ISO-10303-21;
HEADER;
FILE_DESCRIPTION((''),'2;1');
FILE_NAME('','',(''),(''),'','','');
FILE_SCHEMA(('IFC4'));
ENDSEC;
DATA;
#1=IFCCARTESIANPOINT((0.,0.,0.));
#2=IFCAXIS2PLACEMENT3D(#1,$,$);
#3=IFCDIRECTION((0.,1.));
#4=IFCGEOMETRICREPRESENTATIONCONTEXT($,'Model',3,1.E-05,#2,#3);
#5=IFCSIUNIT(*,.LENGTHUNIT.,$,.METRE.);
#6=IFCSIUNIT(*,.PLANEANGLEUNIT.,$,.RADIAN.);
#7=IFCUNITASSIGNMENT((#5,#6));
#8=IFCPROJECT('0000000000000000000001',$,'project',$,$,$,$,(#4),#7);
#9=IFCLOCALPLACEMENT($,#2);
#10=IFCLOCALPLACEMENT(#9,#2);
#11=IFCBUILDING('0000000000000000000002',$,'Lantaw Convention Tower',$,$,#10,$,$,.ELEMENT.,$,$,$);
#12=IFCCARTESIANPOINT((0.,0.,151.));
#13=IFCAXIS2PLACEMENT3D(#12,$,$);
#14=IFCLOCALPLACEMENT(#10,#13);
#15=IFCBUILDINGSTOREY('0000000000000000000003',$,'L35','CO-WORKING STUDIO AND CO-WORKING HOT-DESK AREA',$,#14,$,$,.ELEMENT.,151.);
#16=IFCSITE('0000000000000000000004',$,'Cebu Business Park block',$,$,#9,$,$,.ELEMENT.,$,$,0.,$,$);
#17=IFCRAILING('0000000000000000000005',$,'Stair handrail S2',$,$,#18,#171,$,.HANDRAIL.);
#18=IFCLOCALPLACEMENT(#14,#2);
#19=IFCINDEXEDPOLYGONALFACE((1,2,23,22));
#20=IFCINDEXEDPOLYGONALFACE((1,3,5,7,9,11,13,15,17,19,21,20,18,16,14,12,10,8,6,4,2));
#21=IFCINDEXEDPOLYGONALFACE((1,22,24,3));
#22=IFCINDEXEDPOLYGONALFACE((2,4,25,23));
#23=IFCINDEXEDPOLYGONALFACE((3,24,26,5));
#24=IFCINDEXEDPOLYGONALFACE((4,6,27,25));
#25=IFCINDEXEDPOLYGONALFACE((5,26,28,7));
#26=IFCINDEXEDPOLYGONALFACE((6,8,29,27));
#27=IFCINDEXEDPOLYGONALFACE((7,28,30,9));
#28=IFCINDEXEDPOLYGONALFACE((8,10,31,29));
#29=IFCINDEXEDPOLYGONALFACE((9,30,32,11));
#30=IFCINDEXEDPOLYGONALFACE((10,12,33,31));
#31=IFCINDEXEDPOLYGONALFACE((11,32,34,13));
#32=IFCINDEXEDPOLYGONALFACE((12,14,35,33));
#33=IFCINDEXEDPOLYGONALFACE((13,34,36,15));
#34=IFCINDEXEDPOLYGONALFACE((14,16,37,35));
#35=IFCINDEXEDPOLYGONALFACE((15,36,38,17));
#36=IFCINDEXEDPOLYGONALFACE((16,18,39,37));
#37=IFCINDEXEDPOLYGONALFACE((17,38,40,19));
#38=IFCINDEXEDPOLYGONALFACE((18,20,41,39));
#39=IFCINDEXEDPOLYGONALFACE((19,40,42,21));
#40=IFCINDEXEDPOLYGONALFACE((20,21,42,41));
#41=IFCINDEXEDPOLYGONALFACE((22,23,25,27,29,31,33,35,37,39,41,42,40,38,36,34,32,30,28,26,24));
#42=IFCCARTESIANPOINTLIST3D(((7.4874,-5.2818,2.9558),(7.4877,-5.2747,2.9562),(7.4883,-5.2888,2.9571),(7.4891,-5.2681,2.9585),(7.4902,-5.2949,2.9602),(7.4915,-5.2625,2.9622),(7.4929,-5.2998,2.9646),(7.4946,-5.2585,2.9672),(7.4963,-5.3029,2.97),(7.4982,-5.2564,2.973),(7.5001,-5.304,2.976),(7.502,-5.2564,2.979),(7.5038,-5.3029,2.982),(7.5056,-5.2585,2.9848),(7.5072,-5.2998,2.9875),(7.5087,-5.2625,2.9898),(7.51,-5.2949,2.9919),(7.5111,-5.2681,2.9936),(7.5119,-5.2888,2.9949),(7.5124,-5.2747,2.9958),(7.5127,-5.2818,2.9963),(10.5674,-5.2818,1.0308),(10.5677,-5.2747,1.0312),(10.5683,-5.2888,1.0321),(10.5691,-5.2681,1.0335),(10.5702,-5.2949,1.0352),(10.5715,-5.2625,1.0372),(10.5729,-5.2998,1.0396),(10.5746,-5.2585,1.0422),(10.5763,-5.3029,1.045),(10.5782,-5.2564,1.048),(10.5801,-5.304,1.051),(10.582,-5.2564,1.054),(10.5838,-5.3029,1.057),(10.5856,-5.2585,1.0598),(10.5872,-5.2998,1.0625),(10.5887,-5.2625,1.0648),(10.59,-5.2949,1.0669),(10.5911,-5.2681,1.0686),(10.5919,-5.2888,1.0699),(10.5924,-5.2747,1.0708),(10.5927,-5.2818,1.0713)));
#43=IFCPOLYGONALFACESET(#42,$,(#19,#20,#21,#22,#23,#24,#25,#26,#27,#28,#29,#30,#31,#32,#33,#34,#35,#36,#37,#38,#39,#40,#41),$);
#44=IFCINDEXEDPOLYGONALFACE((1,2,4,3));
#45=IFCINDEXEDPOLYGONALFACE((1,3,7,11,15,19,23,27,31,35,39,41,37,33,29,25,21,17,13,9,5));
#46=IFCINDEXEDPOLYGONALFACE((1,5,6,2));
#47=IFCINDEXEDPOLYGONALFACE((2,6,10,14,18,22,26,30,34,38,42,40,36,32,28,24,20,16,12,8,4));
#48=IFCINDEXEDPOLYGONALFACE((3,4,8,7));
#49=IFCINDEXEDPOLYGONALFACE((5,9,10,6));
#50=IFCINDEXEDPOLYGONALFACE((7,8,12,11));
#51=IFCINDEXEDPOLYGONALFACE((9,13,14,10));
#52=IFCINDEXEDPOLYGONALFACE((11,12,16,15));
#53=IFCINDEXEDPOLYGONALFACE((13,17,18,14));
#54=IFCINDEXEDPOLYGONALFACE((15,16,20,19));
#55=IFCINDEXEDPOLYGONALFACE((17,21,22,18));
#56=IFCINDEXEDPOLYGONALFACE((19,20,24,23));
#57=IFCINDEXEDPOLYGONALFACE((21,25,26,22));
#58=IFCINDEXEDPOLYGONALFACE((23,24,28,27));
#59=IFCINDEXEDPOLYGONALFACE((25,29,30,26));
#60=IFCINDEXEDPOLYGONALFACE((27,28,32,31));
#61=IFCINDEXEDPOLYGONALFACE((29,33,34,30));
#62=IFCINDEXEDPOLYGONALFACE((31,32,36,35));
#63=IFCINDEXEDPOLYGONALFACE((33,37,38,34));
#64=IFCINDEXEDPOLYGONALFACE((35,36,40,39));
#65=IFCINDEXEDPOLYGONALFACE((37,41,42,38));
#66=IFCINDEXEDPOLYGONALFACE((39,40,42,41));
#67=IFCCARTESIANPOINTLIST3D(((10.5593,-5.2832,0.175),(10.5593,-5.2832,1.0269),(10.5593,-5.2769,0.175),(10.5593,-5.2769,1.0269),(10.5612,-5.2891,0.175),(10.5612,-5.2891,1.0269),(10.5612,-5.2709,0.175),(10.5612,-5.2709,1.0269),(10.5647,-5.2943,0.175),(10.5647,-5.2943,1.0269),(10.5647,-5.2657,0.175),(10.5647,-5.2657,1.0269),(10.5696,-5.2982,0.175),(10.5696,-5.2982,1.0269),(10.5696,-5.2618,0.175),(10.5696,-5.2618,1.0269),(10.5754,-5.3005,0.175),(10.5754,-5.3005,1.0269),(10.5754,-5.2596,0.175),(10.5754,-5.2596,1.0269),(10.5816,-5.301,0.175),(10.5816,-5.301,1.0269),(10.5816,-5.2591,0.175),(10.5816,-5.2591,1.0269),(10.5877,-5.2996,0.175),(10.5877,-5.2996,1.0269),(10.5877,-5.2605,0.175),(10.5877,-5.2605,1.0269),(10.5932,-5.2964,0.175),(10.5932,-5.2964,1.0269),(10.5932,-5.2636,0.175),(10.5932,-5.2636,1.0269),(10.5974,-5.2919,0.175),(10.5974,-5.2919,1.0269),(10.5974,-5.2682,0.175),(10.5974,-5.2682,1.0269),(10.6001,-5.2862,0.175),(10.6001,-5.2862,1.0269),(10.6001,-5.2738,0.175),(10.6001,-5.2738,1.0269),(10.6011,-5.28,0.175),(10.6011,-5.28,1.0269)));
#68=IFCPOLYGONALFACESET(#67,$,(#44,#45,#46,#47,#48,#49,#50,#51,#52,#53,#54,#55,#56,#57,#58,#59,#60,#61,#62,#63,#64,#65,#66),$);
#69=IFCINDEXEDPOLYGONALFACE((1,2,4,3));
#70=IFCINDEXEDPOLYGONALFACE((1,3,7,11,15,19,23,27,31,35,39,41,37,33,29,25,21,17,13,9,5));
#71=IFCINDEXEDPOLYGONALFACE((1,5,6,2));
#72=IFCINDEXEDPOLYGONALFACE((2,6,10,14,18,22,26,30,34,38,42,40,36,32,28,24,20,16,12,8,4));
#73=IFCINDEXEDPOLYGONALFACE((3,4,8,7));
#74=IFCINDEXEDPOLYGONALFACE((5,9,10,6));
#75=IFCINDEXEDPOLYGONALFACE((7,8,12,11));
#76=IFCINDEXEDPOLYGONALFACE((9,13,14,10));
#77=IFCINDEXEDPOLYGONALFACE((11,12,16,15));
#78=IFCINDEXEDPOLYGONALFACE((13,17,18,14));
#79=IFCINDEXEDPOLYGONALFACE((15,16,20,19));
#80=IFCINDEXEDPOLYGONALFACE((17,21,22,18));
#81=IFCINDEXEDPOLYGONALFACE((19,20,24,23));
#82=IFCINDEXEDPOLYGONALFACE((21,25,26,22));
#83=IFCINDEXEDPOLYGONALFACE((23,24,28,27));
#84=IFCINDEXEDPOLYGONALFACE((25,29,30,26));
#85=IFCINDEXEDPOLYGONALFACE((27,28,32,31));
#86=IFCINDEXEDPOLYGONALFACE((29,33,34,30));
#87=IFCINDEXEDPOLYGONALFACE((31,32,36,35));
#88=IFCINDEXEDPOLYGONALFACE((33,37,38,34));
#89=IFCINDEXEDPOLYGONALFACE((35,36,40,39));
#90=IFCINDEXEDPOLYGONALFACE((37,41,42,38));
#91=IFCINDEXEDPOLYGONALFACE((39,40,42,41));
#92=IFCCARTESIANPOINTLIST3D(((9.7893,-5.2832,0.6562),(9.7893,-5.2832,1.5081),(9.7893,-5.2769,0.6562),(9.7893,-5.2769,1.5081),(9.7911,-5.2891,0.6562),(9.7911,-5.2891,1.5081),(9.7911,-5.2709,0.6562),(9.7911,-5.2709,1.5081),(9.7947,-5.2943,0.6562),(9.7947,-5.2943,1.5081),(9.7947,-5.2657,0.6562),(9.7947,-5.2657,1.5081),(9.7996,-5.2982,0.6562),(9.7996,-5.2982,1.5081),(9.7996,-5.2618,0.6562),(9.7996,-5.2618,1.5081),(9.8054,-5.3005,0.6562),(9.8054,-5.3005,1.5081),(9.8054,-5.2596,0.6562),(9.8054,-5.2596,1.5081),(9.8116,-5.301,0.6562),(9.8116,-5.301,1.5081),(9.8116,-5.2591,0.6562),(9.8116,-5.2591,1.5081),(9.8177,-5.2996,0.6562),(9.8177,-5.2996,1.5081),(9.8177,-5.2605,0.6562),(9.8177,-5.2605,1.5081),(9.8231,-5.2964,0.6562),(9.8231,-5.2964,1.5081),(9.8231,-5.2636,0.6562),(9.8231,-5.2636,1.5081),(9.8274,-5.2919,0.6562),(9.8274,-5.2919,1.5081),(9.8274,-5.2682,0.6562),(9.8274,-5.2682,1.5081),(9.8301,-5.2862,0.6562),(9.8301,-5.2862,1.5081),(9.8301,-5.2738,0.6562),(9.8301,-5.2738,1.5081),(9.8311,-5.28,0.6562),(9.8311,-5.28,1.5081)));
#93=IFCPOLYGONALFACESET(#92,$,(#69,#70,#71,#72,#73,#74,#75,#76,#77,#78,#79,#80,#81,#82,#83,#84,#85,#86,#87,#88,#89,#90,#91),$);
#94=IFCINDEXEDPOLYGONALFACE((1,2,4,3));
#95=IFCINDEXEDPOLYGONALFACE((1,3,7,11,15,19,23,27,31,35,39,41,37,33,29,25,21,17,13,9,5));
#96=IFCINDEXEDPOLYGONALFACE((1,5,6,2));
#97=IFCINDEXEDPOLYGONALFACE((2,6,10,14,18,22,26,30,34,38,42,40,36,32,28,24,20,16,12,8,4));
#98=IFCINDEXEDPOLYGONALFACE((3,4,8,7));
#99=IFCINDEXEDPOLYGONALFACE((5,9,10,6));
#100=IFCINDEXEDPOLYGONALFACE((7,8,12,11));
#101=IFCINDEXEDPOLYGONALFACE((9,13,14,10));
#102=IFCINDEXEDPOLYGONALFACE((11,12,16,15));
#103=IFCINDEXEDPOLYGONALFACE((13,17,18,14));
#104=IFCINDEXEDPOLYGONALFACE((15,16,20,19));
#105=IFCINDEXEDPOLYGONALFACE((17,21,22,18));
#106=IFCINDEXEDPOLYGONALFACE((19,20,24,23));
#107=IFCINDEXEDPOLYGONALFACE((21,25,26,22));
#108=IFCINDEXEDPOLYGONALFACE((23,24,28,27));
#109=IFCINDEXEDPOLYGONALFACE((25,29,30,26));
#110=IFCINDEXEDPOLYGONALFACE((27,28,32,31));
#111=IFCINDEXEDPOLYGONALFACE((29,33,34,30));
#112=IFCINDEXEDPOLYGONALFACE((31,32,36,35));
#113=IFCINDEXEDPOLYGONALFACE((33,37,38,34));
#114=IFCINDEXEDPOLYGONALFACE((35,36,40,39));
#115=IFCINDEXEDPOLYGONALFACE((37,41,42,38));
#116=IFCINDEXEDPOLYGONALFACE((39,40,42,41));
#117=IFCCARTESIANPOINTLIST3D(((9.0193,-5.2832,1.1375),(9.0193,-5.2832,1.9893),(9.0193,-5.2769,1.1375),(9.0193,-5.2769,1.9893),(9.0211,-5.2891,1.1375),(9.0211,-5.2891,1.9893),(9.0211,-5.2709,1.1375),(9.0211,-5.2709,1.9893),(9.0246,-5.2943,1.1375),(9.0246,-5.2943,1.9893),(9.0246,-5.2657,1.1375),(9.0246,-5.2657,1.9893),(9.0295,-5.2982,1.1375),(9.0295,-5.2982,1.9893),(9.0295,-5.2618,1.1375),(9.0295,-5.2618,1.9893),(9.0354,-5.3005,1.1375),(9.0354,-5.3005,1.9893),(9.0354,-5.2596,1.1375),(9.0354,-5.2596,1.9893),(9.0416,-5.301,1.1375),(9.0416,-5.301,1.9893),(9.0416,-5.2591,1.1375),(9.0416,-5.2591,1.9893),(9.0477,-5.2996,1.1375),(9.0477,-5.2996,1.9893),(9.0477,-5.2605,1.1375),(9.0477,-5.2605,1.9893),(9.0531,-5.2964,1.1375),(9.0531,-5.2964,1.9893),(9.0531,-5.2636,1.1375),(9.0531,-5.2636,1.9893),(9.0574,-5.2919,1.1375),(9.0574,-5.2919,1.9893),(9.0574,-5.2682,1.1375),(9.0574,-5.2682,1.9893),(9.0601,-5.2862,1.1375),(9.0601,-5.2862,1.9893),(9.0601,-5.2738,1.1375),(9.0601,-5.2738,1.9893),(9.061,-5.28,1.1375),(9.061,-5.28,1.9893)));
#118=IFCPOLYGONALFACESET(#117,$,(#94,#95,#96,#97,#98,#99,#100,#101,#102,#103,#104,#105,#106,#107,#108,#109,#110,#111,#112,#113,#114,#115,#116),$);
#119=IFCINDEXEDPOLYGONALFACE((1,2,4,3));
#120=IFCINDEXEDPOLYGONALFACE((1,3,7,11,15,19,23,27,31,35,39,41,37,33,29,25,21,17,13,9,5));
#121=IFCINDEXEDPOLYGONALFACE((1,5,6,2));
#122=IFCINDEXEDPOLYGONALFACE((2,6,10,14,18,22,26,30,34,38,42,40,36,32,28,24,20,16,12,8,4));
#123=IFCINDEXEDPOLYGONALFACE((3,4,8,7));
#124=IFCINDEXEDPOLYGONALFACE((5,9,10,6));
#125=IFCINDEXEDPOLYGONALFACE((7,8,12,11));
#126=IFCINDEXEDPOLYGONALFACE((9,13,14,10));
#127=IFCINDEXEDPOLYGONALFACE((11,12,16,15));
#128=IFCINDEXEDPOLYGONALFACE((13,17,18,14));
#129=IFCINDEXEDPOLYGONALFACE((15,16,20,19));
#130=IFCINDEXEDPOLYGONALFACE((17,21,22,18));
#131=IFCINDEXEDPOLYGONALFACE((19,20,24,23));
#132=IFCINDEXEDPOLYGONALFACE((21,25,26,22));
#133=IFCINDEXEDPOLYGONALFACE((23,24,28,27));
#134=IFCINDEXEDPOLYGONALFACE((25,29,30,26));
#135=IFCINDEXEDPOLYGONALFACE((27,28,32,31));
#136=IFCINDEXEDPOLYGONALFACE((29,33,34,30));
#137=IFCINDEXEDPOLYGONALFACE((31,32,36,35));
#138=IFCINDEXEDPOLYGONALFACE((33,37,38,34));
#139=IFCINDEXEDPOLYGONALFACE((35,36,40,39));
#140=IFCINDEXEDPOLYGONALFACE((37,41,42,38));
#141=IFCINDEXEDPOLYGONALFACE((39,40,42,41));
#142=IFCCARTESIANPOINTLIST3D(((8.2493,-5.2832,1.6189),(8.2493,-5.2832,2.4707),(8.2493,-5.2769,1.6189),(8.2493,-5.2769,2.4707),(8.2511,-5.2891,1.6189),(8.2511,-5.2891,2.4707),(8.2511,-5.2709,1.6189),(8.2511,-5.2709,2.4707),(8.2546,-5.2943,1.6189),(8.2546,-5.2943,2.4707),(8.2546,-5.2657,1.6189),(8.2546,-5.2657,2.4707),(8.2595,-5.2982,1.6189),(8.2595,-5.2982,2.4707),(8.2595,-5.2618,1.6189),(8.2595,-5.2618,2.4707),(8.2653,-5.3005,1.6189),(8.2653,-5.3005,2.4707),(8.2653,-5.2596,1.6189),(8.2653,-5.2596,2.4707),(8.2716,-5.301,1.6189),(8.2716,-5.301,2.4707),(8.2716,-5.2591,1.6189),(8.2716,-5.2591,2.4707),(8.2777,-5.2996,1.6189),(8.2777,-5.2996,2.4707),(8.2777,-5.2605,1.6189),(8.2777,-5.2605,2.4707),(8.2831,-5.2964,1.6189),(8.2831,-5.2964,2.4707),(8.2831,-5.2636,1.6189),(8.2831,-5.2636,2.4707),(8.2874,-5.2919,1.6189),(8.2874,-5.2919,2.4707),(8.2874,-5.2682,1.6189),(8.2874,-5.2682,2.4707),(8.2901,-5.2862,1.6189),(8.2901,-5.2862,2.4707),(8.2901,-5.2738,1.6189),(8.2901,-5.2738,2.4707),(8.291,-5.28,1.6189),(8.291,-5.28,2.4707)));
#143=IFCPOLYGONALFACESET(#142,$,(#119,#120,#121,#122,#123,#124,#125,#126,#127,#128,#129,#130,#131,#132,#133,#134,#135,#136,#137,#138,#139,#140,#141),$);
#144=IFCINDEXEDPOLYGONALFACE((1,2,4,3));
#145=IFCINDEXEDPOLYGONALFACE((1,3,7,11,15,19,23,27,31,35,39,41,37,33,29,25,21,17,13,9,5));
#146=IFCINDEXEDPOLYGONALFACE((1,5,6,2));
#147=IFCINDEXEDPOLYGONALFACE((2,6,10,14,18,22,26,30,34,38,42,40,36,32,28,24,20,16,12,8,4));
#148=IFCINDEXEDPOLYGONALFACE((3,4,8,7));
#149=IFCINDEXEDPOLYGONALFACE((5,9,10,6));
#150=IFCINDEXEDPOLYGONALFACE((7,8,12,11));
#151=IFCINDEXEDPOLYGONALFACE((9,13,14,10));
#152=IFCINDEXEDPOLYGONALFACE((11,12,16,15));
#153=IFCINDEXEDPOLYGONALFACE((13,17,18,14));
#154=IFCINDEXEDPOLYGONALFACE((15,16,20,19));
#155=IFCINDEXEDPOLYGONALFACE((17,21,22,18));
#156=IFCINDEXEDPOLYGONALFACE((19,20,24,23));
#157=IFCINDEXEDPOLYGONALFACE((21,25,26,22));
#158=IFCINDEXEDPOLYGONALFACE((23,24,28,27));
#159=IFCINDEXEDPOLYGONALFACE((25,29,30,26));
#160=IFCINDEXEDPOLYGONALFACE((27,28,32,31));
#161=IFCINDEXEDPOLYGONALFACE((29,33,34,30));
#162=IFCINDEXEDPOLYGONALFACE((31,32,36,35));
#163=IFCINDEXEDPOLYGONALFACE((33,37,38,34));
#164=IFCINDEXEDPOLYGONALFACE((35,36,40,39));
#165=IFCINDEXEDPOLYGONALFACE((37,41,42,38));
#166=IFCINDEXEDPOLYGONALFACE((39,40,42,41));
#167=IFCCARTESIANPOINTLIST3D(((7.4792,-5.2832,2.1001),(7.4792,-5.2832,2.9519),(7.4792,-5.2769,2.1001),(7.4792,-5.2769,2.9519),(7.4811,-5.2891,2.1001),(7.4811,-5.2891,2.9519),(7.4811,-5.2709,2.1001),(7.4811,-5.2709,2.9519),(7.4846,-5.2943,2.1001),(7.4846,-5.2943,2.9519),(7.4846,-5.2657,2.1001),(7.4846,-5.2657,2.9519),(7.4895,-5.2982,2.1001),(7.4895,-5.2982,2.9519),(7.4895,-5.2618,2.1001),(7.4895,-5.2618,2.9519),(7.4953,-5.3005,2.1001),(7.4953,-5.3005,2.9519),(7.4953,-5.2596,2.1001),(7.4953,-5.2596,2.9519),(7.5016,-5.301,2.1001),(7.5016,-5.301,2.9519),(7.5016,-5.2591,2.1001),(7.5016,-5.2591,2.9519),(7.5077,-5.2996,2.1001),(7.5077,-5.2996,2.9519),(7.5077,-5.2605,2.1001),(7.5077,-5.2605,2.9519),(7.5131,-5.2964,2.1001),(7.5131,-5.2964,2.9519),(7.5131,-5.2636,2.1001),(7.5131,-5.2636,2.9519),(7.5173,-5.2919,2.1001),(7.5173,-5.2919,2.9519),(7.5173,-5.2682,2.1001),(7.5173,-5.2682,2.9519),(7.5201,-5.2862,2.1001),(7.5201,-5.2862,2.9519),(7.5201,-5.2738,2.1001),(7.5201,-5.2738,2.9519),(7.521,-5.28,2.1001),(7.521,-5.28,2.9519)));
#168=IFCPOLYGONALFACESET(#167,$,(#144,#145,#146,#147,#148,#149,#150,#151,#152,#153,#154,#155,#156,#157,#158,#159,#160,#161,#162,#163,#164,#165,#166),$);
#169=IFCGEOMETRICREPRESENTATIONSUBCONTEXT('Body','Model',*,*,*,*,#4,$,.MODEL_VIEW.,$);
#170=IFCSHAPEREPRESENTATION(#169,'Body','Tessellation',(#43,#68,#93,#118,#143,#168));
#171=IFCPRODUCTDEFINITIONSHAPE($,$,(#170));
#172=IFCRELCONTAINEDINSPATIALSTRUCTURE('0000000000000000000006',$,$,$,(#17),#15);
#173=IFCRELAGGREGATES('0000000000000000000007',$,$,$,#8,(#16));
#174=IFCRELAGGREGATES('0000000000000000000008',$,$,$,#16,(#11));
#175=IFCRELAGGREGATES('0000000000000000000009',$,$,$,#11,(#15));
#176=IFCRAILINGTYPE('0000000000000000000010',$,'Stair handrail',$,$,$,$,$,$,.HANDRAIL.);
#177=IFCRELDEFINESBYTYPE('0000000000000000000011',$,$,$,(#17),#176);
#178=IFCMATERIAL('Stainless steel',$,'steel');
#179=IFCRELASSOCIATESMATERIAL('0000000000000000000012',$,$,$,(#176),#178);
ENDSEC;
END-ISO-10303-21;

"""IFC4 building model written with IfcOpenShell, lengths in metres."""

from ifc_helpers import new_model, si_unit, direction, frame, origin, origin_2d, place, context, subcontext, project, spatial, circle, extrude, material, type_object, element, save


model = new_model("IFC4")

# Units and contexts
model_context = context("Model", 3, precision=1e-05, world=origin(), true_north=direction((0.0, 1.0)))
body_context = subcontext(model_context, "Body", "Model", "MODEL_VIEW")
ifc_project = project(units=[si_unit("LENGTHUNIT", "METRE"), si_unit("PLANEANGLEUNIT", "RADIAN")], contexts=[model_context])

# Site, building, storey
site_placement = place(None, origin())
site = spatial("IfcSite", under=ifc_project, at=site_placement, Name="Cebu Business Park block", CompositionType="ELEMENT", RefElevation=0.0)
building_placement = place(site_placement, origin())
building = spatial("IfcBuilding", under=site, at=building_placement, Name="Lantaw Convention Tower", CompositionType="ELEMENT")
storey_placement = place(building_placement, frame((0.0, 0.0, 151.0)))
storey = spatial("IfcBuildingStorey", under=building, at=storey_placement, Name="L35", Description="CO-WORKING STUDIO AND CO-WORKING HOT-DESK AREA", CompositionType="ELEMENT", Elevation=151.0)

# Railing
ifc_material_1 = material(Name="Stainless steel", Category="steel")
railing_type = type_object("IfcRailingType", Name="Stair handrail", PredefinedType="HANDRAIL", material=ifc_material_1)
railing_1_placement = place(storey_placement, frame((10.5801, -5.28, 0.175)))
element("IfcRailing", 1, at=railing_1_placement, inside=storey, type_object=railing_type, Name="Stair handrail S2", PredefinedType="HANDRAIL", context=body_context, shape_type="SweptSolid", body=[
    extrude(circle(Radius=0.0239, at=origin_2d()), frame((0.0, 0.0, 0.876), z_axis=(-0.847998, 0.0, 0.529999), x_axis=(0.0, -1.0, 0.0)), (0.0, 0.0, 1.0), 3.6321),
    extrude(circle(Radius=0.021, at=origin_2d()), origin(), (0.0, 0.0, 1.0), 0.8518),
    extrude(circle(Radius=0.021, at=origin_2d()), frame((-0.77, 0.0, 0.4812)), (0.0, 0.0, 1.0), 0.8518),
    extrude(circle(Radius=0.021, at=origin_2d()), frame((-1.54, 0.0, 0.9624)), (0.0, 0.0, 1.0), 0.8518),
    extrude(circle(Radius=0.021, at=origin_2d()), frame((-2.3101, 0.0, 1.4438)), (0.0, 0.0, 1.0), 0.8518),
    extrude(circle(Radius=0.021, at=origin_2d()), frame((-3.0801, 0.0, 1.925)), (0.0, 0.0, 1.0), 0.8518),
])

save(model, "model.ifc")
